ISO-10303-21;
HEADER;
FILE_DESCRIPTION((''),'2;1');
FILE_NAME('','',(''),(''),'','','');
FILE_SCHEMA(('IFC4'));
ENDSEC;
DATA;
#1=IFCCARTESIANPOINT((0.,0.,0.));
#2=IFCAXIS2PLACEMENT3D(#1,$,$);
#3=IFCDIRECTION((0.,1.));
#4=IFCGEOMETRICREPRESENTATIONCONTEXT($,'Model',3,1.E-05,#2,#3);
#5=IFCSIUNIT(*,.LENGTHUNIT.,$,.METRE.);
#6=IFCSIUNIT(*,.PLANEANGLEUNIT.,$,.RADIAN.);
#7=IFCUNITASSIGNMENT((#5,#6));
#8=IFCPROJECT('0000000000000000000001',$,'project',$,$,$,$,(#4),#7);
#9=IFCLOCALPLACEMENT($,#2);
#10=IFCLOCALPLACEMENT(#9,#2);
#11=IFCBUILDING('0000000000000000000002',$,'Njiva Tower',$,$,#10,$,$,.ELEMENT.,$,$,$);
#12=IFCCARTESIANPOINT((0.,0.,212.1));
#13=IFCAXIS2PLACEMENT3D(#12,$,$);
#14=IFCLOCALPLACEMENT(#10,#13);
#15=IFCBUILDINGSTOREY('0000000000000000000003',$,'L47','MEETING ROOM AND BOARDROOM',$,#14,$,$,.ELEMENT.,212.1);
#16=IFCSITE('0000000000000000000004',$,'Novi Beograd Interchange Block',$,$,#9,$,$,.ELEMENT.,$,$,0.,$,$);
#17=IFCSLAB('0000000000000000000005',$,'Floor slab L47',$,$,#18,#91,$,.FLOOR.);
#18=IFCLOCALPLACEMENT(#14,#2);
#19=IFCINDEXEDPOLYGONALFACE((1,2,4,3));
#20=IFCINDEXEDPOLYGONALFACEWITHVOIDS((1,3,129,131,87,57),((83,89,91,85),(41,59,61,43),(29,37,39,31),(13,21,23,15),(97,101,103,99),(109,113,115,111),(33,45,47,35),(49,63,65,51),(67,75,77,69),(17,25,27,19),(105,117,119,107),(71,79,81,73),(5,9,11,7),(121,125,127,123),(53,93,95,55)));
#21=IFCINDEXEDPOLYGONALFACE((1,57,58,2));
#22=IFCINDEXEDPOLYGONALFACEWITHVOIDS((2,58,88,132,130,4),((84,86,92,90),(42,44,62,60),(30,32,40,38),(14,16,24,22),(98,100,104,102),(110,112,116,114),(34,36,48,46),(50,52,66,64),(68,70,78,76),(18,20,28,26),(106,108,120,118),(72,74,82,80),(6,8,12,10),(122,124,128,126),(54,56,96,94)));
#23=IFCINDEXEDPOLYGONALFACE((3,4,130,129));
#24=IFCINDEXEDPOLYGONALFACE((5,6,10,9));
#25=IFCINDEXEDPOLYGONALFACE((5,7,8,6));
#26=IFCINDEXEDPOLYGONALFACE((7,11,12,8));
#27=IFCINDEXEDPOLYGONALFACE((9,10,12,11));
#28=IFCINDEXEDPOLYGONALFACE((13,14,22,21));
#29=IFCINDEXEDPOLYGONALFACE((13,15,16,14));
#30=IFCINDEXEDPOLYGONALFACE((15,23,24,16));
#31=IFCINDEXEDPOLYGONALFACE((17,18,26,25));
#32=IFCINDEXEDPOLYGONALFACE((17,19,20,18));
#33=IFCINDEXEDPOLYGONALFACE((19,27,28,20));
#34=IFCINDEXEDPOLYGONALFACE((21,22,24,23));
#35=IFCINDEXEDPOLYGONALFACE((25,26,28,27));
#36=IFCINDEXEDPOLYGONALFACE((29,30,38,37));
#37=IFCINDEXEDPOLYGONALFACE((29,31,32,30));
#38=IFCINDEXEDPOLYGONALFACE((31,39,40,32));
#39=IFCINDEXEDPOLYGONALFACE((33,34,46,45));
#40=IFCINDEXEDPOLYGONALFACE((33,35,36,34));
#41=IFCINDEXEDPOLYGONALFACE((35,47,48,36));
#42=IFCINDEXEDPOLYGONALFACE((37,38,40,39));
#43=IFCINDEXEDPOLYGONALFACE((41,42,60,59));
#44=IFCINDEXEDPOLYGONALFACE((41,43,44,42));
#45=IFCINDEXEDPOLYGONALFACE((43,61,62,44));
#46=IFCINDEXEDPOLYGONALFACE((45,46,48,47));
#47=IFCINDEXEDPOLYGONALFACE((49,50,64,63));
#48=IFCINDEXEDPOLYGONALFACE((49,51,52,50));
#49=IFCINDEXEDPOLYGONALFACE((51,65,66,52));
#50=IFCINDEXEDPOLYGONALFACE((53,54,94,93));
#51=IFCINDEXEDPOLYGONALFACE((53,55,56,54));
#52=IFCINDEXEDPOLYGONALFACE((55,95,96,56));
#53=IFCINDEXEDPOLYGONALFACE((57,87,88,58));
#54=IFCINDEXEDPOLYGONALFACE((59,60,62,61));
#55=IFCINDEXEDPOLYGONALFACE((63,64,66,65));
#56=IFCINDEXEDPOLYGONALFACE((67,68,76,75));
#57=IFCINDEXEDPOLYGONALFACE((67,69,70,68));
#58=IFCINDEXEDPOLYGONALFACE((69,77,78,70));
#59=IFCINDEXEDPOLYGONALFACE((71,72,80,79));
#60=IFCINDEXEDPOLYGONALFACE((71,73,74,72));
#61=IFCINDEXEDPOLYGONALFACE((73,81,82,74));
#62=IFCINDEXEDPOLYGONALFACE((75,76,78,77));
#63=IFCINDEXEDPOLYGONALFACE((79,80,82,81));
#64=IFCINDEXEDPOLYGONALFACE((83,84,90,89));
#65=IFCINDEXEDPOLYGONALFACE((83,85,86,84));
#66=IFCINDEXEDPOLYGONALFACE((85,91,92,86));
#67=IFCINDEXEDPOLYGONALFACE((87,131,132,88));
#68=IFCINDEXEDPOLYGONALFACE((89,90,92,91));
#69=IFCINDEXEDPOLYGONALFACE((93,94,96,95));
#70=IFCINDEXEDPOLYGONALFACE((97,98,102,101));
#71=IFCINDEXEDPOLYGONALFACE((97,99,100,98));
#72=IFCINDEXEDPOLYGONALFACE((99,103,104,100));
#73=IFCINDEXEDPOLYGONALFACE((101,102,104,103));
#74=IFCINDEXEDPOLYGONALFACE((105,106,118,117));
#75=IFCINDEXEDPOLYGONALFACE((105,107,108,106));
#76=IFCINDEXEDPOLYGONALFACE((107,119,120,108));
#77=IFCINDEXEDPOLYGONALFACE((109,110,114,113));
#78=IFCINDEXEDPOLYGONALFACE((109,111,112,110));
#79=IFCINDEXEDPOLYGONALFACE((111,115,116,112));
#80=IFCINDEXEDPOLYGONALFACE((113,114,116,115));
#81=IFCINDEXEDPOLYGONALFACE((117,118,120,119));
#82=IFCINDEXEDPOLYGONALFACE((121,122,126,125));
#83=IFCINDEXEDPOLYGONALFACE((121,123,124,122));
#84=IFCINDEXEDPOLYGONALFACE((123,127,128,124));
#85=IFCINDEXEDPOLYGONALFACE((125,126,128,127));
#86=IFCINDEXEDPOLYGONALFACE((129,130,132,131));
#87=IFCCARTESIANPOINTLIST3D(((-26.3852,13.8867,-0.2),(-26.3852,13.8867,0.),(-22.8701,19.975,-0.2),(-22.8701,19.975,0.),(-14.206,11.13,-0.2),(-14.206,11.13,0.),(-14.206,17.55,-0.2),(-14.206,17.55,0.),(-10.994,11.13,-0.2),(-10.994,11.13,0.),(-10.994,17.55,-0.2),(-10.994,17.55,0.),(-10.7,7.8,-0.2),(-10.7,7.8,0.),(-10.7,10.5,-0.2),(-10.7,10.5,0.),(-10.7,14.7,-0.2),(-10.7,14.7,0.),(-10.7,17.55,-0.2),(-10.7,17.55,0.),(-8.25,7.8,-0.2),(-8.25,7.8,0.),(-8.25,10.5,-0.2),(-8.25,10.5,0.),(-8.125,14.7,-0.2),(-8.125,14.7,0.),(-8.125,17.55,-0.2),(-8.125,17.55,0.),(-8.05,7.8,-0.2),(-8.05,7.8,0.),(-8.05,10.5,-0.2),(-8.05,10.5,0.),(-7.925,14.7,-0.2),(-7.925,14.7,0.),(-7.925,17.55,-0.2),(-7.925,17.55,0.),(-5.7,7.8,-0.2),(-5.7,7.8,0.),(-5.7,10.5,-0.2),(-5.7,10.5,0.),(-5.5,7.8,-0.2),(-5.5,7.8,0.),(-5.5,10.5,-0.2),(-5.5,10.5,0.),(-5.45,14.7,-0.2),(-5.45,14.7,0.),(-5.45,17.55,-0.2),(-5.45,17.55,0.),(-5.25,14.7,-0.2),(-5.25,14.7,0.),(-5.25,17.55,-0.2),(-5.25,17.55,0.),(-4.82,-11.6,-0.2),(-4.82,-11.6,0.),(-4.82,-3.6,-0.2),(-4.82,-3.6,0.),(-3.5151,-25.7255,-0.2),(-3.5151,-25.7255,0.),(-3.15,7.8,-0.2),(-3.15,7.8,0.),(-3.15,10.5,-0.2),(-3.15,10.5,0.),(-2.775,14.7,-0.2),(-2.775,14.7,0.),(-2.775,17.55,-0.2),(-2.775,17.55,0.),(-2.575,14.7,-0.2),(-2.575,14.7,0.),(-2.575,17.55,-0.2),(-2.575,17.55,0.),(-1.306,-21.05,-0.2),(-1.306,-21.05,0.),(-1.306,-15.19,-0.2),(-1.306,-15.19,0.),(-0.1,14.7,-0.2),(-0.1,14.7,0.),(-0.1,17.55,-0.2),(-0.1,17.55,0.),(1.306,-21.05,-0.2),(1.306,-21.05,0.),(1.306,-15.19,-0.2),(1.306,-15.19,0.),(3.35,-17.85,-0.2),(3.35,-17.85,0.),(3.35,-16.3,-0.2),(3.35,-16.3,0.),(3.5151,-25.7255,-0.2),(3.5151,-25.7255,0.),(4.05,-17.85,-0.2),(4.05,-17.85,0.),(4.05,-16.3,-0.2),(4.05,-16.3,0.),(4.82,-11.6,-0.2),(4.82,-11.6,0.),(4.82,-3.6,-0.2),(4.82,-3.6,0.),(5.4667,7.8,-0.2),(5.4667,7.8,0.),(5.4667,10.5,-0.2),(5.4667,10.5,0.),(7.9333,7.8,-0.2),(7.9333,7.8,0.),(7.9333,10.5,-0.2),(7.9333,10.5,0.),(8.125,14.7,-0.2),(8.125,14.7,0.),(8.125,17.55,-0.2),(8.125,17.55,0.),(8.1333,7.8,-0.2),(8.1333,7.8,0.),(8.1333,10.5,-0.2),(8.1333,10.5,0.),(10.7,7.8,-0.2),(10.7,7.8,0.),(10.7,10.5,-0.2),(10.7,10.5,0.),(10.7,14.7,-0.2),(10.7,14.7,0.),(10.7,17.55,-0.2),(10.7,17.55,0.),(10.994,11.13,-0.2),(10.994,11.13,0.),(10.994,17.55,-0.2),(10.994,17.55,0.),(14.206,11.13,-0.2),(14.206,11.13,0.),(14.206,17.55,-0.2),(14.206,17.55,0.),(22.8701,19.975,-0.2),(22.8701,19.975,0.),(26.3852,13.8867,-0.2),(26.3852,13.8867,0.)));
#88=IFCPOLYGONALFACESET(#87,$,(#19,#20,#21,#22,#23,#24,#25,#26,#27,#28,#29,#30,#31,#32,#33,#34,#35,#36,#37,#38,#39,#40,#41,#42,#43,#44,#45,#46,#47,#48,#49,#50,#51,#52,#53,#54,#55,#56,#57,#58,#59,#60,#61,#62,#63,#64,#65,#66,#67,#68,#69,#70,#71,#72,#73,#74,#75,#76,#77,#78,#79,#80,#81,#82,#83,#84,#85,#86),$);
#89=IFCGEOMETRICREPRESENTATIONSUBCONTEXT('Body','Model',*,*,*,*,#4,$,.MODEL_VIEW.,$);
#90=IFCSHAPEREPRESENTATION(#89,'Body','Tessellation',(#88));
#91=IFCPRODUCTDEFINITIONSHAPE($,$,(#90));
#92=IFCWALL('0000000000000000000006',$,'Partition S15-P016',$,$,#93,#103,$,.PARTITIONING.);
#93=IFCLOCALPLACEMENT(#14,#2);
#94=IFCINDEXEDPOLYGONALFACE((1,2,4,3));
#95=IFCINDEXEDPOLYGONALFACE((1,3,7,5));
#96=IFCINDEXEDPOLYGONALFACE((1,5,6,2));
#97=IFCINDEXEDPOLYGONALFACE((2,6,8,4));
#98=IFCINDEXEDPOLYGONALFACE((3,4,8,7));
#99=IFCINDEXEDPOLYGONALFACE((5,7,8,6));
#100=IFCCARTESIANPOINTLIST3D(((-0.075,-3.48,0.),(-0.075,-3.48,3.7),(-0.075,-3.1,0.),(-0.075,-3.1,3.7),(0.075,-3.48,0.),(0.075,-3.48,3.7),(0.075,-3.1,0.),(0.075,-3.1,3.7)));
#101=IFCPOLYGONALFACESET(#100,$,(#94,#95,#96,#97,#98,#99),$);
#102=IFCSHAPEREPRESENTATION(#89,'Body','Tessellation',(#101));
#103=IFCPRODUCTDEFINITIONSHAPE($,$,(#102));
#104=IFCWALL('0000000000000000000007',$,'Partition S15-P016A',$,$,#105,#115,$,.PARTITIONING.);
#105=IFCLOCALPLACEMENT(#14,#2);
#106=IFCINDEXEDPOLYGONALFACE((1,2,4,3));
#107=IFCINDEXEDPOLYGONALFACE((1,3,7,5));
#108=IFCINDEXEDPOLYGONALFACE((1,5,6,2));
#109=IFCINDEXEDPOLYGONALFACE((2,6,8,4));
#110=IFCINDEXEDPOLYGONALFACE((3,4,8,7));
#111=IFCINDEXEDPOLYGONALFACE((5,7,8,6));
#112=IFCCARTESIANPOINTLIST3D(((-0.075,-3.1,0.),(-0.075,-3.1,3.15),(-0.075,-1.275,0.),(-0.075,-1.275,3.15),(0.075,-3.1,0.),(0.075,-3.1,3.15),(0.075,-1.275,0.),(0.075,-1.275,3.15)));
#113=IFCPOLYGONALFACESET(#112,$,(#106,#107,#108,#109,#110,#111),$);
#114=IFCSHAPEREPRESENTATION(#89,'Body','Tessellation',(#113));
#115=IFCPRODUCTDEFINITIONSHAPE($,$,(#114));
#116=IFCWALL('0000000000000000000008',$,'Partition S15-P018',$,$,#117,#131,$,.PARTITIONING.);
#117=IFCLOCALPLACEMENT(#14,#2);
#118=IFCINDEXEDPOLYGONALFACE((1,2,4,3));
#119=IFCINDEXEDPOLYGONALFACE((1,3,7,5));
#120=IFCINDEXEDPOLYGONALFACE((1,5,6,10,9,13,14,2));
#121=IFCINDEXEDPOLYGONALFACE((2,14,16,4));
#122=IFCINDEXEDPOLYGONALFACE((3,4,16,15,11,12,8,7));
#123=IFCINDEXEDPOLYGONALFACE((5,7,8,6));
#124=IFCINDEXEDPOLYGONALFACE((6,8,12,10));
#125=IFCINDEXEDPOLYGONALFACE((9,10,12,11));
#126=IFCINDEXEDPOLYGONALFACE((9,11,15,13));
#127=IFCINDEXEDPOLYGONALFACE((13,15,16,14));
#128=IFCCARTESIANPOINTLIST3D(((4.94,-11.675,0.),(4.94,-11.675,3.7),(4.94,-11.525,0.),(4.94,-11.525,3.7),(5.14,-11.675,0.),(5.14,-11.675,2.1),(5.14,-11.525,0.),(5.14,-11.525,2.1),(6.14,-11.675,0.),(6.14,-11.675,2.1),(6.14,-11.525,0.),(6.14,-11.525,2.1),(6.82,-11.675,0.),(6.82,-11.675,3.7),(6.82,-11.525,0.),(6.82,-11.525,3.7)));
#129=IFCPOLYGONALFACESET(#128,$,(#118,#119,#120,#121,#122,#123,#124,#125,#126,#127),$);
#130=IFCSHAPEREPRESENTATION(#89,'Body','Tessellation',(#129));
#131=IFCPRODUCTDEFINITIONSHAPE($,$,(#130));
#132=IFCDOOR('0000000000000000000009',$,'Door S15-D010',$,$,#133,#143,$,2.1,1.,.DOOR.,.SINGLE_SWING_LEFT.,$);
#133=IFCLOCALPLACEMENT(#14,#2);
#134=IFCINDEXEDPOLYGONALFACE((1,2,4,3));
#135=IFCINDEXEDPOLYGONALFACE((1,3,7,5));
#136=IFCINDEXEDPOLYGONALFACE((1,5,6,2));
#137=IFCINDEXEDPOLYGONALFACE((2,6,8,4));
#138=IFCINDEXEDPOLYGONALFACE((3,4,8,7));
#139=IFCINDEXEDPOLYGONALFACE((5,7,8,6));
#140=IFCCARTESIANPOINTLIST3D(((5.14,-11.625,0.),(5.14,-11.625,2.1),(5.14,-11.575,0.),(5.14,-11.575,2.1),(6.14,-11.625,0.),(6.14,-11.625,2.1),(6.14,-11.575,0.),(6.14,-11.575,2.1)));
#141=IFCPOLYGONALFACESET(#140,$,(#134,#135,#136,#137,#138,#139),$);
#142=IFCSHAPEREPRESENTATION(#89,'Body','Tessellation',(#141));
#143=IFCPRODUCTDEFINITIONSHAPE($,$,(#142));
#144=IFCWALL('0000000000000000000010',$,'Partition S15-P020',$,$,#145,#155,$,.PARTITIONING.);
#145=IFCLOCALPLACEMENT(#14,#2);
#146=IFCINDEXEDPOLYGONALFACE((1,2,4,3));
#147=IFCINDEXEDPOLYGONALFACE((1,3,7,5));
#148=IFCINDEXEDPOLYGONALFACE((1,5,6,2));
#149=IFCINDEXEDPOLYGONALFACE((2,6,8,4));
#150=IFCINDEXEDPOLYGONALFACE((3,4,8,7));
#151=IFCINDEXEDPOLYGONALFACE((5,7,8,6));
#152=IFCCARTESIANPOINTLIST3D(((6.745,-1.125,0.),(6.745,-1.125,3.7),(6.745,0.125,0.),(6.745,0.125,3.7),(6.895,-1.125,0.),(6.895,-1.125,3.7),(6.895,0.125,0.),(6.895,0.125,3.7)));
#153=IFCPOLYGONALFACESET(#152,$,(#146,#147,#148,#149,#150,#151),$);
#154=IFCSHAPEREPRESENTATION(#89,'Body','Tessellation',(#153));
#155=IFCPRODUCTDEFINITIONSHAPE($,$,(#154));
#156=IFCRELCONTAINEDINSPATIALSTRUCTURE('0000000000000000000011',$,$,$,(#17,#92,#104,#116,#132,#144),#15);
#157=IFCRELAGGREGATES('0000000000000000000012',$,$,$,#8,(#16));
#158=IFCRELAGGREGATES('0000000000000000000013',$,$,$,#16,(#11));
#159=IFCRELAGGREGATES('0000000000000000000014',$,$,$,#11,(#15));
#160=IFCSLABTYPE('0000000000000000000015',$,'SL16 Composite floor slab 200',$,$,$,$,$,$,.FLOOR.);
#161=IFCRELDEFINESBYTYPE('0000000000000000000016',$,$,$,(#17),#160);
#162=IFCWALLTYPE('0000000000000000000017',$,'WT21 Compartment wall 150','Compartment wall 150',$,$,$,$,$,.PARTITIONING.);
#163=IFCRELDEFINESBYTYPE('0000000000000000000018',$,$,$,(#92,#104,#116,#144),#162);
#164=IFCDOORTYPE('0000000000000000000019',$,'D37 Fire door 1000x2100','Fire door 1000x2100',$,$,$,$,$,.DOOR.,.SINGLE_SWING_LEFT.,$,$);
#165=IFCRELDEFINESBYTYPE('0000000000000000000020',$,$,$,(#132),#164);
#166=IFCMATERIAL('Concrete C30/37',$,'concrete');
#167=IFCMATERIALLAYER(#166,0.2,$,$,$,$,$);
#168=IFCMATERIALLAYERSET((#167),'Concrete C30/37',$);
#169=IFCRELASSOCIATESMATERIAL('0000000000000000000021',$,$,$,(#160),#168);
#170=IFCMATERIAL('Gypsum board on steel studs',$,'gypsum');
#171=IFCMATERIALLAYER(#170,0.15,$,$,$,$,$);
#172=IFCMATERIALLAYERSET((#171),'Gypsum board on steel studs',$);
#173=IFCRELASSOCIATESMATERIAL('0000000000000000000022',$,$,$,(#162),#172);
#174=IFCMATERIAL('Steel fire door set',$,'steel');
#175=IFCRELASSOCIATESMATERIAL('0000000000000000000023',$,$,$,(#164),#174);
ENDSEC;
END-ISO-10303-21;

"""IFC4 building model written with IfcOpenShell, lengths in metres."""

from ifc_helpers import new_model, si_unit, direction, frame, frame_2d, origin, place, context, subcontext, project, spatial, polyline, rectangle, outline, extrude, material, layer, layer_set, type_object, element, fill, save


model = new_model("IFC4")

# Units and contexts
model_context = context("Model", 3, precision=1e-05, world=origin(), true_north=direction((0.0, 1.0)))
body_context = subcontext(model_context, "Body", "Model", "MODEL_VIEW")
ifc_project = project(units=[si_unit("LENGTHUNIT", "METRE"), si_unit("PLANEANGLEUNIT", "RADIAN")], contexts=[model_context])

# Site, building, storey
site_placement = place(None, origin())
site = spatial("IfcSite", under=ifc_project, at=site_placement, Name="Novi Beograd Interchange Block", CompositionType="ELEMENT", RefElevation=0.0)
building_placement = place(site_placement, origin())
building = spatial("IfcBuilding", under=site, at=building_placement, Name="Njiva Tower", CompositionType="ELEMENT")
storey_placement = place(building_placement, frame((0.0, 0.0, 212.1)))
storey = spatial("IfcBuildingStorey", under=building, at=storey_placement, Name="L47", Description="MEETING ROOM AND BOARDROOM", CompositionType="ELEMENT", Elevation=212.1)

# Slab
ifc_material_1 = material(Name="Concrete C30/37", Category="concrete")
ifc_layer_1 = layer(ifc_material_1, 0.2)
ifc_layer_set_1 = layer_set([ifc_layer_1], Name="Concrete C30/37")
slab_type_1 = type_object("IfcSlabType", Name="SL16 Composite floor slab 200", PredefinedType="FLOOR", material=ifc_layer_set_1)
slab_1_placement = place(storey_placement, frame((0.0, 0.0, -0.2)))
element("IfcSlab", 1, at=slab_1_placement, inside=storey, type_object=slab_type_1, Name="Floor slab L47", PredefinedType="FLOOR", context=body_context, shape_type="SweptSolid", body=[
    extrude(outline(polyline([(26.3852, 13.8867), (3.5151, -25.7255), (-3.5151, -25.7255), (-26.3852, 13.8867), (-22.8701, 19.975), (22.8701, 19.975), (26.3852, 13.8867)]), holes=[polyline([(10.994, 11.13), (14.206, 11.13), (14.206, 17.55), (10.994, 17.55), (10.994, 11.13)]), polyline([(8.125, 14.7), (10.7, 14.7), (10.7, 17.55), (8.125, 17.55), (8.125, 14.7)]), polyline([(8.1333, 7.8), (10.7, 7.8), (10.7, 10.5), (8.1333, 10.5), (8.1333, 7.8)]), polyline([(5.4667, 7.8), (7.9333, 7.8), (7.9333, 10.5), (5.4667, 10.5), (5.4667, 7.8)]), polyline([(4.82, -11.6), (4.82, -3.6), (-4.82, -3.6), (-4.82, -11.6), (4.82, -11.6)]), polyline([(3.35, -17.85), (4.05, -17.85), (4.05, -16.3), (3.35, -16.3), (3.35, -17.85)]), polyline([(-1.306, -21.05), (1.306, -21.05), (1.306, -15.19), (-1.306, -15.19), (-1.306, -21.05)]), polyline([(-2.575, 14.7), (-0.1, 14.7), (-0.1, 17.55), (-2.575, 17.55), (-2.575, 14.7)]), polyline([(-5.25, 14.7), (-2.775, 14.7), (-2.775, 17.55), (-5.25, 17.55), (-5.25, 14.7)]), polyline([(-5.5, 7.8), (-3.15, 7.8), (-3.15, 10.5), (-5.5, 10.5), (-5.5, 7.8)]), polyline([(-7.925, 14.7), (-5.45, 14.7), (-5.45, 17.55), (-7.925, 17.55), (-7.925, 14.7)]), polyline([(-8.05, 7.8), (-5.7, 7.8), (-5.7, 10.5), (-8.05, 10.5), (-8.05, 7.8)]), polyline([(-10.7, 14.7), (-8.125, 14.7), (-8.125, 17.55), (-10.7, 17.55), (-10.7, 14.7)]), polyline([(-8.25, 7.8), (-8.25, 10.5), (-10.7, 10.5), (-10.7, 7.8), (-8.25, 7.8)]), polyline([(-14.206, 11.13), (-10.994, 11.13), (-10.994, 17.55), (-14.206, 17.55), (-14.206, 11.13)])]), origin(), (0.0, 0.0, 1.0), 0.2),
])

# Walls
ifc_material_2 = material(Name="Gypsum board on steel studs", Category="gypsum")
ifc_layer_2 = layer(ifc_material_2, 0.15)
ifc_layer_set_2 = layer_set([ifc_layer_2], Name="Gypsum board on steel studs")
wall_type_1 = type_object("IfcWallType", Name="WT21 Compartment wall 150", Description="Compartment wall 150", PredefinedType="PARTITIONING", material=ifc_layer_set_2)
wall_1_placement = place(storey_placement, frame((0.0, -3.48, 0.0), z_axis=(0.0, 0.0, 1.0), x_axis=(0.0, 1.0, 0.0)))
element("IfcWall", 2, at=wall_1_placement, inside=storey, type_object=wall_type_1, Name="Partition S15-P016", PredefinedType="PARTITIONING", context=body_context, shape_type="SweptSolid", body=[
    extrude(rectangle(XDim=0.38, YDim=0.15, at=frame_2d((0.19, 0.0))), origin(), (0.0, 0.0, 1.0), 3.7),
])
wall_2_placement = place(storey_placement, frame((0.0, -3.1, 0.0), z_axis=(0.0, 0.0, 1.0), x_axis=(0.0, 1.0, 0.0)))
element("IfcWall", 3, at=wall_2_placement, inside=storey, type_object=wall_type_1, Name="Partition S15-P016A", PredefinedType="PARTITIONING", context=body_context, shape_type="SweptSolid", body=[
    extrude(rectangle(XDim=1.825, YDim=0.15, at=frame_2d((0.9125, 0.0))), origin(), (0.0, 0.0, 1.0), 3.15),
])

# Wall, opening, door
wall_3_placement = place(storey_placement, frame((4.94, -11.6, 0.0), z_axis=(0.0, 0.0, 1.0), x_axis=(1.0, 0.0, 0.0)))
wall_3 = element("IfcWall", 4, at=wall_3_placement, inside=storey, type_object=wall_type_1, Name="Partition S15-P018", PredefinedType="PARTITIONING", context=body_context, shape_type="SweptSolid", body=[
    extrude(rectangle(XDim=1.88, YDim=0.15, at=frame_2d((0.94, 0.0))), origin(), (0.0, 0.0, 1.0), 3.7),
])
opening_1_placement = place(wall_3_placement, frame((0.2, 0.0, 0.0)))
opening_1 = element("IfcOpeningElement", 5, at=opening_1_placement, cuts=wall_3, PredefinedType="OPENING", context=body_context, shape_type="SweptSolid", body=[
    extrude(rectangle(XDim=1.0, YDim=2.1, at=frame_2d((0.5, 1.05))), frame((0.0, 0.085, 0.0), z_axis=(0.0, -1.0, 0.0), x_axis=(1.0, 0.0, 0.0)), (0.0, 0.0, 1.0), 0.17),
])
ifc_material_3 = material(Name="Steel fire door set", Category="steel")
door_type = type_object("IfcDoorType", Name="D37 Fire door 1000x2100", Description="Fire door 1000x2100", OperationType="SINGLE_SWING_LEFT", PredefinedType="DOOR", material=ifc_material_3)
door_1_placement = place(opening_1_placement, origin())
door_1 = element("IfcDoor", 6, at=door_1_placement, inside=storey, type_object=door_type, Name="Door S15-D010", OperationType="SINGLE_SWING_LEFT", OverallHeight=2.1, OverallWidth=1.0, PredefinedType="DOOR", context=body_context, shape_type="SweptSolid", body=[
    extrude(rectangle(XDim=1.0, YDim=2.1, at=frame_2d((0.5, 1.05))), frame((0.0, 0.025, 0.0), z_axis=(0.0, -1.0, 0.0), x_axis=(1.0, 0.0, 0.0)), (0.0, 0.0, 1.0), 0.05),
])
fill(opening_1, door_1)

# Wall
wall_4_placement = place(storey_placement, frame((6.82, -1.125, 0.0), z_axis=(0.0, 0.0, 1.0), x_axis=(0.0, 1.0, 0.0)))
element("IfcWall", 7, at=wall_4_placement, inside=storey, type_object=wall_type_1, Name="Partition S15-P020", PredefinedType="PARTITIONING", context=body_context, shape_type="SweptSolid", body=[
    extrude(rectangle(XDim=1.25, YDim=0.15, at=frame_2d((0.625, 0.0))), origin(), (0.0, 0.0, 1.0), 3.7),
])

save(model, "model.ifc")
